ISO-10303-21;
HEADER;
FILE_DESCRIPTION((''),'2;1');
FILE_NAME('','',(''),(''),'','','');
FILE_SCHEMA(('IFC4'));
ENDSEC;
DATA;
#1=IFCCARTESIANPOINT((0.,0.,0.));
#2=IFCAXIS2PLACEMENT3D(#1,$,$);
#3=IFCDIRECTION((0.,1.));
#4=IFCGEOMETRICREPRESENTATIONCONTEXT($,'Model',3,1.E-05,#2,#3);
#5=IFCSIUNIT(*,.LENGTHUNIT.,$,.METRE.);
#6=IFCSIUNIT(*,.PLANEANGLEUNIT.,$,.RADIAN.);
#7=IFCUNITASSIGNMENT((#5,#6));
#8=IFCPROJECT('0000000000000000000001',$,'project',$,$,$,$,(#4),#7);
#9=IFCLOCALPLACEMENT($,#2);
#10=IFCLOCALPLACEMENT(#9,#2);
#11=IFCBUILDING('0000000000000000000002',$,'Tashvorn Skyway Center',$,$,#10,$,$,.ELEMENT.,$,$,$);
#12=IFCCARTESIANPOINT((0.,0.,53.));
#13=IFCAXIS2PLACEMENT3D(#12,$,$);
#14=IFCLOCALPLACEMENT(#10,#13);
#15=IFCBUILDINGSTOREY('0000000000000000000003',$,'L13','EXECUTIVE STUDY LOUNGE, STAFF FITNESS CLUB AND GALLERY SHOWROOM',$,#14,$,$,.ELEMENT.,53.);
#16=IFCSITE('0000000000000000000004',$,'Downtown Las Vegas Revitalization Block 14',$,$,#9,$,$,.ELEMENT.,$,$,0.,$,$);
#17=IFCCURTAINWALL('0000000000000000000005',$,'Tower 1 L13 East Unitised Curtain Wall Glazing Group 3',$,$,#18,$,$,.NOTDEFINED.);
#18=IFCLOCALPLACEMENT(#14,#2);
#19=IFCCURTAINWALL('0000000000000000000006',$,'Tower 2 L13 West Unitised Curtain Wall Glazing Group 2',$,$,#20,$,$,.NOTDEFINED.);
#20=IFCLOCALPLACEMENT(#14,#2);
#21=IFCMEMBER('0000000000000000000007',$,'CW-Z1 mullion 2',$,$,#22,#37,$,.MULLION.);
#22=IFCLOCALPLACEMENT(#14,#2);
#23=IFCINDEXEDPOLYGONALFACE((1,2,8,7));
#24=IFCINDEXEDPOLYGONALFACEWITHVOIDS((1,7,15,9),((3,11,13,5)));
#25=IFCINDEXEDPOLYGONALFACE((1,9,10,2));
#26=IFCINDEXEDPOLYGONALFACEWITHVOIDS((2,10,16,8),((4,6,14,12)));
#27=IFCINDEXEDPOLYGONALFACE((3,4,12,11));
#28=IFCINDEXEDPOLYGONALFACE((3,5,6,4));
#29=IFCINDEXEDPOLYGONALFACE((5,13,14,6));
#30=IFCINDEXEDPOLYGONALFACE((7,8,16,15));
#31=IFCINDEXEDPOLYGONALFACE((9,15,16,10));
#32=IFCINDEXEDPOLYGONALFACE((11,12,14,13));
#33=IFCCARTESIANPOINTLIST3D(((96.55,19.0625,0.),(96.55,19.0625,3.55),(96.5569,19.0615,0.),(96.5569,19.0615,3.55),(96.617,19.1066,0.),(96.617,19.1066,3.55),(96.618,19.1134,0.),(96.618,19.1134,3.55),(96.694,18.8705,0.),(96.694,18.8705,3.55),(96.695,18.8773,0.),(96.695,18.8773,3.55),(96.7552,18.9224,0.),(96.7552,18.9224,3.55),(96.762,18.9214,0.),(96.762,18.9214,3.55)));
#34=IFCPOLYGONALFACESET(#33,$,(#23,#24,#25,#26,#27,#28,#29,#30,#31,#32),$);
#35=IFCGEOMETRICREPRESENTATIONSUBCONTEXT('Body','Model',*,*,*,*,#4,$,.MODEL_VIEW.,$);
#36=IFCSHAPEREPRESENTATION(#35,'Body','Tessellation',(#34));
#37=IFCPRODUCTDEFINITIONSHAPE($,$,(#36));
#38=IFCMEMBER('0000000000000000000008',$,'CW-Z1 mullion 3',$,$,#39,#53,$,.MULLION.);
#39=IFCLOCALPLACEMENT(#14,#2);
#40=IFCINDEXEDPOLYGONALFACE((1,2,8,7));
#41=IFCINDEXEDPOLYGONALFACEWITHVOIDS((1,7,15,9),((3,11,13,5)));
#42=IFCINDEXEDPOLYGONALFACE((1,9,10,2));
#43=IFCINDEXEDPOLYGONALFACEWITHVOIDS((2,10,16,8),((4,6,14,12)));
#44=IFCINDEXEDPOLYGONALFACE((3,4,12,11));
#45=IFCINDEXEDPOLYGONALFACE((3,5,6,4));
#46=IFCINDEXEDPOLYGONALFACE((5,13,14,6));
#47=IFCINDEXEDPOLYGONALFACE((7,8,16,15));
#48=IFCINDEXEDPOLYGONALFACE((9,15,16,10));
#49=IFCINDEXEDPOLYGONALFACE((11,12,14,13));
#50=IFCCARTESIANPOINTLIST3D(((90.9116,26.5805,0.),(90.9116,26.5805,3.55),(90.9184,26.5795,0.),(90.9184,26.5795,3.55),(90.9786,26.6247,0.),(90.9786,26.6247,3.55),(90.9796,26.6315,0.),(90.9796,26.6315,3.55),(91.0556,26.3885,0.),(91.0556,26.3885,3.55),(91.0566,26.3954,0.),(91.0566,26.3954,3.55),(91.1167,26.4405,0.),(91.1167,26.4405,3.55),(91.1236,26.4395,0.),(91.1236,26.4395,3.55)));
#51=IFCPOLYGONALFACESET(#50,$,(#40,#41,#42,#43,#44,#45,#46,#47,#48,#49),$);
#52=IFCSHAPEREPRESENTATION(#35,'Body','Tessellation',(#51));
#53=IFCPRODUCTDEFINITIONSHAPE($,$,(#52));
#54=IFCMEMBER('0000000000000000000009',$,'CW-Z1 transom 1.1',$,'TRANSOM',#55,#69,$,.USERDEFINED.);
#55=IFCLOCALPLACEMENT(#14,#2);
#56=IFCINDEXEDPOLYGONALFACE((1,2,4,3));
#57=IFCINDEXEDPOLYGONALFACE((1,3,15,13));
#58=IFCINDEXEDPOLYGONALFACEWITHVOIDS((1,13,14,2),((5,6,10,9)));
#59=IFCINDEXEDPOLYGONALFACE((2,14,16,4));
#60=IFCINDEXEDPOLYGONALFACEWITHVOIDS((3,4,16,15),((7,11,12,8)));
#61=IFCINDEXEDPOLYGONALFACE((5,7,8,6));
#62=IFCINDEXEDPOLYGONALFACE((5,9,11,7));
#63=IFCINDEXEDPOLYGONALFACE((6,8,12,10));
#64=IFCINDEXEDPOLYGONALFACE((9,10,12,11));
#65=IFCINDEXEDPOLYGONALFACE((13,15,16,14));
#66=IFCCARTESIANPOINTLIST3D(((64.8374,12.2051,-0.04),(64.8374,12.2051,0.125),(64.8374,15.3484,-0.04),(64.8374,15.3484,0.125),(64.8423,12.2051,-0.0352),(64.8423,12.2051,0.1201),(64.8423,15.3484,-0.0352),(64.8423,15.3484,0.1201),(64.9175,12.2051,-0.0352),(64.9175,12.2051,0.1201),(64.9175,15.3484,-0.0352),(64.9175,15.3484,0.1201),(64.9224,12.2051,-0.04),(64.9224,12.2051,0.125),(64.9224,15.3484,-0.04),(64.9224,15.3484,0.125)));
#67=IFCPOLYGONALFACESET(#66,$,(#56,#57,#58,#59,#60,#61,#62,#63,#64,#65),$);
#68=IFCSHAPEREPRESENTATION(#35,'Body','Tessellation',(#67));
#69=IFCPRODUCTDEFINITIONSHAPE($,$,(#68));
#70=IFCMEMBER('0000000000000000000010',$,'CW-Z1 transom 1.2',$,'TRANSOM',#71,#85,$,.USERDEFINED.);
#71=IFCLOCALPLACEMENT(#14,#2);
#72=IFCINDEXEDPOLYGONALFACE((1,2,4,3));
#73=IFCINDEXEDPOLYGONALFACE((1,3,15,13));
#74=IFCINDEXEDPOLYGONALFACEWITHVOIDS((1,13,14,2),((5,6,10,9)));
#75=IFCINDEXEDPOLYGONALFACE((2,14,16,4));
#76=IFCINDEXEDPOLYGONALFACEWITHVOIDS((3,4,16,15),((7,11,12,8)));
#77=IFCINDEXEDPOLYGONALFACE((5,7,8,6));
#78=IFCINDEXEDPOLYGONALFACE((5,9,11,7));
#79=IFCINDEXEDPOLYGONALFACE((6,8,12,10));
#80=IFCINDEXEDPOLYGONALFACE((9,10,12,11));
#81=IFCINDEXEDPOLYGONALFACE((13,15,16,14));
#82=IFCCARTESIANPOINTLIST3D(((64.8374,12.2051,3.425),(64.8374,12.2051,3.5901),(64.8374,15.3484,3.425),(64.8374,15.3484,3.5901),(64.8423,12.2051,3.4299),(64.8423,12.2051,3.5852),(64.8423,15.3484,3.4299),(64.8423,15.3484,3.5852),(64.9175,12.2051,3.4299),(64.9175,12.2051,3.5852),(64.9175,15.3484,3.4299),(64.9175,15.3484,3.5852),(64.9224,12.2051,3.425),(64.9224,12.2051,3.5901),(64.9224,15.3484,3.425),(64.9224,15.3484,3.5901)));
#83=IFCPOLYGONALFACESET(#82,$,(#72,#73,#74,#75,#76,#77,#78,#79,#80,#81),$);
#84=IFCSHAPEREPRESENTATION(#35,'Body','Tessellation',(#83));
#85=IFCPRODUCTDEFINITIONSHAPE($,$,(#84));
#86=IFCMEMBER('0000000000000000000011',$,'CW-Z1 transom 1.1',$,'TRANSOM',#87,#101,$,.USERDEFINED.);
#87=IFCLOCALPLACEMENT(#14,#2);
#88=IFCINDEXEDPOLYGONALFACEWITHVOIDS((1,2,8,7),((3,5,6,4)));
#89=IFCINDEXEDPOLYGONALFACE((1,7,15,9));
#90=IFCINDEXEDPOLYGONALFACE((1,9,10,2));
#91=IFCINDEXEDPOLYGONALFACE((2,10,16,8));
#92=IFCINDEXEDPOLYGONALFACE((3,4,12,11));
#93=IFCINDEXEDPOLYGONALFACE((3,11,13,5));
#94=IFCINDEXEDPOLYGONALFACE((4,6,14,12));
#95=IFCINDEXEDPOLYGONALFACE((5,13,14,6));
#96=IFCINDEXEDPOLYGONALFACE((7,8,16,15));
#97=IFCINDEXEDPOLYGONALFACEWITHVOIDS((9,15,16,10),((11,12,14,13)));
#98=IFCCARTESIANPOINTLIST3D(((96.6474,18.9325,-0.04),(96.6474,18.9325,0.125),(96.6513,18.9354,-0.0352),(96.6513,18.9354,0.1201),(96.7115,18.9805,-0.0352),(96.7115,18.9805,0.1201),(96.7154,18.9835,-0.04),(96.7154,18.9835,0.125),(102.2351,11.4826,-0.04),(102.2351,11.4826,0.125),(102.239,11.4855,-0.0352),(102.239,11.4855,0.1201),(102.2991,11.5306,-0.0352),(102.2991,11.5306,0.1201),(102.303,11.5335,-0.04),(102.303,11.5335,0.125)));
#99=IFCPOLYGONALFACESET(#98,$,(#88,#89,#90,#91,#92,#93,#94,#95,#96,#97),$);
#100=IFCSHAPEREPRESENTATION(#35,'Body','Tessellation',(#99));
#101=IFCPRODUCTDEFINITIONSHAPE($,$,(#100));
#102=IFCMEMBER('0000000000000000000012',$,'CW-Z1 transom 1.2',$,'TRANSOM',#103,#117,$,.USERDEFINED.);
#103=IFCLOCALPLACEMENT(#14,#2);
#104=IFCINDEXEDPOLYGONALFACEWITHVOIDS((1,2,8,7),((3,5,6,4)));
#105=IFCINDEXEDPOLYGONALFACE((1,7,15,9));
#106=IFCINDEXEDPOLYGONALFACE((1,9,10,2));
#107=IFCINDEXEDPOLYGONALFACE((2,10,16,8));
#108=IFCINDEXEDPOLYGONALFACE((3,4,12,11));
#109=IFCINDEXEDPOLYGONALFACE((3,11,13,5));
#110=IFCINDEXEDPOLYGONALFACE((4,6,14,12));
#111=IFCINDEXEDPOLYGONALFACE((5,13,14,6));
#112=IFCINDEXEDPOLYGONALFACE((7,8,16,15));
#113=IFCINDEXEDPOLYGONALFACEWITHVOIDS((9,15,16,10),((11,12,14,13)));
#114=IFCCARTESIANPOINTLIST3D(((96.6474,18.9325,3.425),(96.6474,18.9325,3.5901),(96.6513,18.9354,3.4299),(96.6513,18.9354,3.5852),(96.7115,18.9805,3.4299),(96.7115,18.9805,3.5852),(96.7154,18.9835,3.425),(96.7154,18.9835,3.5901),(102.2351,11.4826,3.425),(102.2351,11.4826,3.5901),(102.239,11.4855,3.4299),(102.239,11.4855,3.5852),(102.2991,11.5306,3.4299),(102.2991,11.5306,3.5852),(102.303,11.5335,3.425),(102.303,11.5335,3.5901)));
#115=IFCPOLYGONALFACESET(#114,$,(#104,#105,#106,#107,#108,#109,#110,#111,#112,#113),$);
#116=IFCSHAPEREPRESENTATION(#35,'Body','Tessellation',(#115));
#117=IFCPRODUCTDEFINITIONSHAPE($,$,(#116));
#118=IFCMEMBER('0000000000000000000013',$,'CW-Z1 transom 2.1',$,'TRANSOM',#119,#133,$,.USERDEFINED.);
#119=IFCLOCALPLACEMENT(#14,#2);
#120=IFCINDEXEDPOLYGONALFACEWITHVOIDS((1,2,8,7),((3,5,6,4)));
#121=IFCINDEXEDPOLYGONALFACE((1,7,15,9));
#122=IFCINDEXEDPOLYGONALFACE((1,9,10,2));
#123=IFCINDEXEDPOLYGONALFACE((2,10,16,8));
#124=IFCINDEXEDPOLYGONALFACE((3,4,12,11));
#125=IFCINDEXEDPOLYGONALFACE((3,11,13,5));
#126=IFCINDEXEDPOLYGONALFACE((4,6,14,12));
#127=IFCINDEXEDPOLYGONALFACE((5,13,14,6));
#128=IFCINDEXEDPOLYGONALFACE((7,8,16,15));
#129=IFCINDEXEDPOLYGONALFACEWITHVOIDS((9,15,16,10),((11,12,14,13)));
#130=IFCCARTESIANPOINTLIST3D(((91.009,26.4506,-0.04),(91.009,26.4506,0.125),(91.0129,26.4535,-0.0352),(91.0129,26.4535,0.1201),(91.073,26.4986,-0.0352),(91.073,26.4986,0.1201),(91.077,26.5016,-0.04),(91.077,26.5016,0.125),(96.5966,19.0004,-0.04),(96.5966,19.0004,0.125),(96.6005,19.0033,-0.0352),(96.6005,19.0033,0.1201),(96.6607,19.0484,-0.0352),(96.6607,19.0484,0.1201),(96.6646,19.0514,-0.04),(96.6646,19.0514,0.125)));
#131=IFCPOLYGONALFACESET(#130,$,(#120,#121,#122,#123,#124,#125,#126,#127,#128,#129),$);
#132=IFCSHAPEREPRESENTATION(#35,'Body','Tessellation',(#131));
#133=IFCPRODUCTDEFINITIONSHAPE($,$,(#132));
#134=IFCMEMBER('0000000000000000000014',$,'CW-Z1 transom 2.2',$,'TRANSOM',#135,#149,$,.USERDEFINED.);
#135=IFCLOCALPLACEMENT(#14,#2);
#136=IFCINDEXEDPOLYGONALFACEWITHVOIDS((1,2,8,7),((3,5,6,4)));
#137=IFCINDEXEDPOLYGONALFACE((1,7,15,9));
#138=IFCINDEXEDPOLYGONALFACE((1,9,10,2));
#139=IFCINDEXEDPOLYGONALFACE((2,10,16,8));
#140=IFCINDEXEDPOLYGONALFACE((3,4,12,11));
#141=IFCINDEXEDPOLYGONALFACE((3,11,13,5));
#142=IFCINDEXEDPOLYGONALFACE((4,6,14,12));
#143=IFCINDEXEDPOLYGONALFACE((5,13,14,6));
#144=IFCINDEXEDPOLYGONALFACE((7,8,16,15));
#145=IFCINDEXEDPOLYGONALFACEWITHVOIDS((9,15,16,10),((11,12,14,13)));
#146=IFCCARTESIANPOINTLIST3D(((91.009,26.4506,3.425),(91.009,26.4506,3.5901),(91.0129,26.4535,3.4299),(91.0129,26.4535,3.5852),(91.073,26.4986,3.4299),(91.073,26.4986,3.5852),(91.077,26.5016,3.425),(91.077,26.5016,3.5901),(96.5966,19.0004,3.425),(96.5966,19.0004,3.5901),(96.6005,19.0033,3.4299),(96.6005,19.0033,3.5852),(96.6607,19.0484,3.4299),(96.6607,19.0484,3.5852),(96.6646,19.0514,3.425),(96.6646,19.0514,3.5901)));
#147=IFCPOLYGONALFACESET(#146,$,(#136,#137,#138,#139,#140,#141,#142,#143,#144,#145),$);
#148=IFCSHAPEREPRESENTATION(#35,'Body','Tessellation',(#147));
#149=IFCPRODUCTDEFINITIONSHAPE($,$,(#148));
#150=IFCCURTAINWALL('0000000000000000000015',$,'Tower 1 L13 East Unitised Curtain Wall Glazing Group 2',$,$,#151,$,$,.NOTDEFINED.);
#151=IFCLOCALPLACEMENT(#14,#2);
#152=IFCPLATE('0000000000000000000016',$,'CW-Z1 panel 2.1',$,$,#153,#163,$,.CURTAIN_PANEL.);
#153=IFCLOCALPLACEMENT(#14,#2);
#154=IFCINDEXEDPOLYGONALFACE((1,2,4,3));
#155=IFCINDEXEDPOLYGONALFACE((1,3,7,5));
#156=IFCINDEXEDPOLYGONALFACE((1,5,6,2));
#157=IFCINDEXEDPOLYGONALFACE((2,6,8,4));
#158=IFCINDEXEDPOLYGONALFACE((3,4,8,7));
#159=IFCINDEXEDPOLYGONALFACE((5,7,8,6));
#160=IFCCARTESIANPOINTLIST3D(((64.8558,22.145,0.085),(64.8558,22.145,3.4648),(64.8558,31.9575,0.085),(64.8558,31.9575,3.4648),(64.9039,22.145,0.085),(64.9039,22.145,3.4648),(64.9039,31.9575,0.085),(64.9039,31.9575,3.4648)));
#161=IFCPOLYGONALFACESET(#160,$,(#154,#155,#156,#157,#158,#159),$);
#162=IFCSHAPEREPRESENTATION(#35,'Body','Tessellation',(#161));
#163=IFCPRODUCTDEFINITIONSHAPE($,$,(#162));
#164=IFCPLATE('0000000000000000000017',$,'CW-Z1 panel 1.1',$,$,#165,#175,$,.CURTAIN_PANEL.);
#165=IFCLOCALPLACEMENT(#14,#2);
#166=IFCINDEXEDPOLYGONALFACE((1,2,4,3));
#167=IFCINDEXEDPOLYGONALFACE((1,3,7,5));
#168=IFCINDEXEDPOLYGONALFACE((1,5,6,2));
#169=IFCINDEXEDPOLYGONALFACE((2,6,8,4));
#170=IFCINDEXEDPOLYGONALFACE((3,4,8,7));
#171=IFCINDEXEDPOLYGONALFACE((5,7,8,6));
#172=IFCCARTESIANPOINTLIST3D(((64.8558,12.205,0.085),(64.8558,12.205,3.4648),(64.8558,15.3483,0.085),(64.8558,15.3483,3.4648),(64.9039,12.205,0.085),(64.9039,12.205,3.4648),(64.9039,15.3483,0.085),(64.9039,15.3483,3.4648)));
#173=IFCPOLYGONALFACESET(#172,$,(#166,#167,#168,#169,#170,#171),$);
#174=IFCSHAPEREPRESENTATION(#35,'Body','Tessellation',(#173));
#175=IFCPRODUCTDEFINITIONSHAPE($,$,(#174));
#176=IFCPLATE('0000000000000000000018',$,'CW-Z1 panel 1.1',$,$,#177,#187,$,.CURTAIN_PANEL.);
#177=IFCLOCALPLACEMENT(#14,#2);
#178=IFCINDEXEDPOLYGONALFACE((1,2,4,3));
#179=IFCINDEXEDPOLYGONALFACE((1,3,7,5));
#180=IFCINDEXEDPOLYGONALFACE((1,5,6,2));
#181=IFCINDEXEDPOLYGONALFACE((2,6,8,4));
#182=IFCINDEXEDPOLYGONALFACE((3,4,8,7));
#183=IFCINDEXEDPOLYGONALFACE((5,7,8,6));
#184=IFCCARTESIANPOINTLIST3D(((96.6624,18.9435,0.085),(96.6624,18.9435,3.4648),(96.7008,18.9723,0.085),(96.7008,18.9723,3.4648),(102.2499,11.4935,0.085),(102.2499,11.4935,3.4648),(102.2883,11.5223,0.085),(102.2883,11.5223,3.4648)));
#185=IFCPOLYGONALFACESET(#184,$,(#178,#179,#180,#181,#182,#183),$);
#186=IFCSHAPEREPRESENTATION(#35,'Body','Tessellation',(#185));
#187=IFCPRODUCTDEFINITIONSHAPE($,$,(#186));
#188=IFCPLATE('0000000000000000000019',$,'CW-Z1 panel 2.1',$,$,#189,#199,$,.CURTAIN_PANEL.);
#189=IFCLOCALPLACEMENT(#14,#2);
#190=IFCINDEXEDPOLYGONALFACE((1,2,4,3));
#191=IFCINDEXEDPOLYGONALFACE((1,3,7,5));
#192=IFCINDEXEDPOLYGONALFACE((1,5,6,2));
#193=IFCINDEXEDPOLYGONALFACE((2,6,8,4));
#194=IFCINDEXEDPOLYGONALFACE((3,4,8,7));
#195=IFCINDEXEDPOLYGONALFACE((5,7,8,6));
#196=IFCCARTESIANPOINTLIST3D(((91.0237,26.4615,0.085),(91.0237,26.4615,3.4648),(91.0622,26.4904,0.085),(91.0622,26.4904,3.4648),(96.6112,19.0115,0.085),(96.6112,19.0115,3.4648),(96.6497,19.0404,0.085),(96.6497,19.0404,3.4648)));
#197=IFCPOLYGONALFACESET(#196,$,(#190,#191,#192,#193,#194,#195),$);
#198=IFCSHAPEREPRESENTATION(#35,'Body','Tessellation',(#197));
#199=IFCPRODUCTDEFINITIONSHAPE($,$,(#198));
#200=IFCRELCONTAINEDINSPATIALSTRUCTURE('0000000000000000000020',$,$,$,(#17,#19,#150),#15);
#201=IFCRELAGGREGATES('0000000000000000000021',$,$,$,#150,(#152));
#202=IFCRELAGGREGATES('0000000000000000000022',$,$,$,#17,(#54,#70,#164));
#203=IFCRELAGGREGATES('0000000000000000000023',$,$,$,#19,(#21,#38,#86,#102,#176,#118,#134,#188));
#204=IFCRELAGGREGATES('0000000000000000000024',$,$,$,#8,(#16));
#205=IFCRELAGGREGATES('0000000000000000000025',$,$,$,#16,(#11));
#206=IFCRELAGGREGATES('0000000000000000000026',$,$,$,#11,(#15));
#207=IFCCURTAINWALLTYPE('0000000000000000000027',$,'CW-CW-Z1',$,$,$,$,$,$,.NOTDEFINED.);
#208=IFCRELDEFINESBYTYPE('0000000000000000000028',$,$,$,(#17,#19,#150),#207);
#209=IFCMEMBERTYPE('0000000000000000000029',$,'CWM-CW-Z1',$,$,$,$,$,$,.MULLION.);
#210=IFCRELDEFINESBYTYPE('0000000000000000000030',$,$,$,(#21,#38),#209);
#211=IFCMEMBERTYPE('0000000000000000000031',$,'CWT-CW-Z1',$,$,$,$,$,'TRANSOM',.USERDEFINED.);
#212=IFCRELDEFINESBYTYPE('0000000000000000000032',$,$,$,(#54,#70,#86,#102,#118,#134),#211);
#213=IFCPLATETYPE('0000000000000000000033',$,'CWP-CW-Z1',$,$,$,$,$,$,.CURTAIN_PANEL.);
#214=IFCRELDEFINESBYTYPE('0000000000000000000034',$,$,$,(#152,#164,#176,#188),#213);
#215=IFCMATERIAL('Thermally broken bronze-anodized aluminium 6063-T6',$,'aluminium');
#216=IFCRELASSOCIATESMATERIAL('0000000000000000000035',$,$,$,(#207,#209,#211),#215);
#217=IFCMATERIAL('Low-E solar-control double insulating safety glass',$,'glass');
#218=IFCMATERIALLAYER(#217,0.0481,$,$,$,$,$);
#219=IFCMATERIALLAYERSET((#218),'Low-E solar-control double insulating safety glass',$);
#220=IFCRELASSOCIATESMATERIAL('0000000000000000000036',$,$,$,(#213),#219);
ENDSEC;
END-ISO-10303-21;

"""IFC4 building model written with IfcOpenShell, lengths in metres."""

from ifc_helpers import new_model, si_unit, direction, frame, origin, origin_2d, place, context, subcontext, project, spatial, rectangle, hollow_rectangle, extrude, material, layer, layer_set, material_profile, profile_set, type_object, element, aggregate, save


model = new_model("IFC4")

# Units and contexts
model_context = context("Model", 3, precision=1e-05, world=origin(), true_north=direction((0.0, 1.0)))
body_context = subcontext(model_context, "Body", "Model", "MODEL_VIEW")
ifc_project = project(units=[si_unit("LENGTHUNIT", "METRE"), si_unit("PLANEANGLEUNIT", "RADIAN")], contexts=[model_context])

# Site, building, storey
site_placement = place(None, origin())
site = spatial("IfcSite", under=ifc_project, at=site_placement, Name="Downtown Las Vegas Revitalization Block 14", CompositionType="ELEMENT", RefElevation=0.0)
building_placement = place(site_placement, origin())
building = spatial("IfcBuilding", under=site, at=building_placement, Name="Tashvorn Skyway Center", CompositionType="ELEMENT")
storey_placement = place(building_placement, frame((0.0, 0.0, 53.0)))
storey = spatial("IfcBuildingStorey", under=building, at=storey_placement, Name="L13", Description="EXECUTIVE STUDY LOUNGE, STAFF FITNESS CLUB AND GALLERY SHOWROOM", CompositionType="ELEMENT", Elevation=53.0)

# Curtain walls, members
ifc_material_1 = material(Name="Thermally broken bronze-anodized aluminium 6063-T6", Category="aluminium")
curtain_wall_type = type_object("IfcCurtainWallType", Name="CW-CW-Z1", PredefinedType="NOTDEFINED", material=ifc_material_1)
curtain_wall_1_placement = place(storey_placement, origin())
curtain_wall_1 = element("IfcCurtainWall", 1, at=curtain_wall_1_placement, inside=storey, type_object=curtain_wall_type, Name="Tower 1 L13 East Unitised Curtain Wall Glazing Group 3", PredefinedType="NOTDEFINED")
ifc_material_profile_1 = material_profile(ifc_material_1, hollow_rectangle(XDim=0.085, YDim=0.24, WallThickness=0.0049, at=origin_2d()), Name="ALU-MULL-85x240")
ifc_profile_set_1 = profile_set([ifc_material_profile_1], Name="Thermally broken bronze-anodized aluminium 6063-T6")
member_type_1 = type_object("IfcMemberType", Name="CWM-CW-Z1", PredefinedType="MULLION", material=ifc_profile_set_1)
curtain_wall_2_placement = place(storey_placement, origin())
curtain_wall_2 = element("IfcCurtainWall", 2, at=curtain_wall_2_placement, inside=storey, type_object=curtain_wall_type, Name="Tower 2 L13 West Unitised Curtain Wall Glazing Group 2", PredefinedType="NOTDEFINED")
member_1_placement = place(storey_placement, frame((96.656, 18.9919, 0.0), z_axis=(0.0, 0.0, 1.0), x_axis=(-0.8, -0.6, 0.0)))
member_1 = element("IfcMember", 3, at=member_1_placement, type_object=member_type_1, Name="CW-Z1 mullion 2", PredefinedType="MULLION", context=body_context, shape_type="SweptSolid", body=[
    extrude(hollow_rectangle(XDim=0.085, YDim=0.24, WallThickness=0.0049, at=origin_2d()), origin(), (0.0, 0.0, 1.0), 3.55),
])
member_2_placement = place(storey_placement, frame((91.0176, 26.51, 0.0), z_axis=(0.0, 0.0, 1.0), x_axis=(-0.8, -0.6, 0.0)))
member_2 = element("IfcMember", 4, at=member_2_placement, type_object=member_type_1, Name="CW-Z1 mullion 3", PredefinedType="MULLION", context=body_context, shape_type="SweptSolid", body=[
    extrude(hollow_rectangle(XDim=0.085, YDim=0.24, WallThickness=0.0049, at=origin_2d()), origin(), (0.0, 0.0, 1.0), 3.55),
])

# Members
ifc_material_profile_2 = material_profile(ifc_material_1, hollow_rectangle(XDim=0.085, YDim=0.165, WallThickness=0.0049, at=origin_2d()), Name="ALU-TRAN-85x165")
ifc_profile_set_2 = profile_set([ifc_material_profile_2], Name="Thermally broken bronze-anodized aluminium 6063-T6")
member_type_2 = type_object("IfcMemberType", Name="CWT-CW-Z1", ElementType="TRANSOM", PredefinedType="USERDEFINED", material=ifc_profile_set_2)
member_3_placement = place(storey_placement, frame((64.8799, 15.3484, 0.0425), z_axis=(0.0, -1.0, 0.0), x_axis=(1.0, 0.0, 0.0)))
member_3 = element("IfcMember", 5, at=member_3_placement, type_object=member_type_2, Name="CW-Z1 transom 1.1", ObjectType="TRANSOM", PredefinedType="USERDEFINED", context=body_context, shape_type="SweptSolid", body=[
    extrude(hollow_rectangle(XDim=0.085, YDim=0.165, WallThickness=0.0049, at=origin_2d()), origin(), (0.0, 0.0, 1.0), 3.1433),
])
member_4_placement = place(storey_placement, frame((64.8799, 15.3484, 3.5076), z_axis=(0.0, -1.0, 0.0), x_axis=(1.0, 0.0, 0.0)))
member_4 = element("IfcMember", 6, at=member_4_placement, type_object=member_type_2, Name="CW-Z1 transom 1.2", ObjectType="TRANSOM", PredefinedType="USERDEFINED", context=body_context, shape_type="SweptSolid", body=[
    extrude(hollow_rectangle(XDim=0.085, YDim=0.165, WallThickness=0.0049, at=origin_2d()), origin(), (0.0, 0.0, 1.0), 3.1433),
])
member_5_placement = place(storey_placement, frame((102.269, 11.5081, 0.0425), z_axis=(-0.600013, 0.799991, 0.0), x_axis=(-0.799991, -0.600013, 0.0)))
member_5 = element("IfcMember", 7, at=member_5_placement, type_object=member_type_2, Name="CW-Z1 transom 1.1", ObjectType="TRANSOM", PredefinedType="USERDEFINED", context=body_context, shape_type="SweptSolid", body=[
    extrude(hollow_rectangle(XDim=0.085, YDim=0.165, WallThickness=0.0049, at=origin_2d()), origin(), (0.0, 0.0, 1.0), 9.3125),
])
member_6_placement = place(storey_placement, frame((102.269, 11.5081, 3.5076), z_axis=(-0.600013, 0.799991, 0.0), x_axis=(-0.799991, -0.600013, 0.0)))
member_6 = element("IfcMember", 8, at=member_6_placement, type_object=member_type_2, Name="CW-Z1 transom 1.2", ObjectType="TRANSOM", PredefinedType="USERDEFINED", context=body_context, shape_type="SweptSolid", body=[
    extrude(hollow_rectangle(XDim=0.085, YDim=0.165, WallThickness=0.0049, at=origin_2d()), origin(), (0.0, 0.0, 1.0), 9.3125),
])
member_7_placement = place(storey_placement, frame((96.6306, 19.0259, 0.0425), z_axis=(-0.6, 0.8, 0.0), x_axis=(-0.8, -0.6, 0.0)))
member_7 = element("IfcMember", 9, at=member_7_placement, type_object=member_type_2, Name="CW-Z1 transom 2.1", ObjectType="TRANSOM", PredefinedType="USERDEFINED", context=body_context, shape_type="SweptSolid", body=[
    extrude(hollow_rectangle(XDim=0.085, YDim=0.165, WallThickness=0.0049, at=origin_2d()), origin(), (0.0, 0.0, 1.0), 9.3127),
])
member_8_placement = place(storey_placement, frame((96.6306, 19.0259, 3.5076), z_axis=(-0.6, 0.8, 0.0), x_axis=(-0.8, -0.6, 0.0)))
member_8 = element("IfcMember", 10, at=member_8_placement, type_object=member_type_2, Name="CW-Z1 transom 2.2", ObjectType="TRANSOM", PredefinedType="USERDEFINED", context=body_context, shape_type="SweptSolid", body=[
    extrude(hollow_rectangle(XDim=0.085, YDim=0.165, WallThickness=0.0049, at=origin_2d()), origin(), (0.0, 0.0, 1.0), 9.3127),
])

# Curtain wall, plate
curtain_wall_3_placement = place(storey_placement, origin())
curtain_wall_3 = element("IfcCurtainWall", 11, at=curtain_wall_3_placement, inside=storey, type_object=curtain_wall_type, Name="Tower 1 L13 East Unitised Curtain Wall Glazing Group 2", PredefinedType="NOTDEFINED")
ifc_material_2 = material(Name="Low-E solar-control double insulating safety glass", Category="glass")
ifc_layer_1 = layer(ifc_material_2, 0.0481)
ifc_layer_set_1 = layer_set([ifc_layer_1], Name="Low-E solar-control double insulating safety glass")
plate_type = type_object("IfcPlateType", Name="CWP-CW-Z1", PredefinedType="CURTAIN_PANEL", material=ifc_layer_set_1)
plate_1_placement = place(storey_placement, frame((64.8799, 27.0513, 0.085), z_axis=(0.0, 0.0, 1.0), x_axis=(0.0, -1.0, 0.0)))
plate_1 = element("IfcPlate", 12, at=plate_1_placement, type_object=plate_type, Name="CW-Z1 panel 2.1", PredefinedType="CURTAIN_PANEL", context=body_context, shape_type="SweptSolid", body=[
    extrude(rectangle(XDim=9.8125, YDim=0.0481, at=origin_2d()), origin(), (0.0, 0.0, 1.0), 3.3799),
])
aggregate(curtain_wall_3, [plate_1])

# Plates
plate_2_placement = place(storey_placement, frame((64.8799, 13.7766, 0.085), z_axis=(0.0, 0.0, 1.0), x_axis=(0.0, -1.0, 0.0)))
plate_2 = element("IfcPlate", 13, at=plate_2_placement, type_object=plate_type, Name="CW-Z1 panel 1.1", PredefinedType="CURTAIN_PANEL", context=body_context, shape_type="SweptSolid", body=[
    extrude(rectangle(XDim=3.1433, YDim=0.0481, at=origin_2d()), origin(), (0.0, 0.0, 1.0), 3.3799),
])
aggregate(curtain_wall_1, [member_3, member_4, plate_2])
plate_3_placement = place(storey_placement, frame((99.4753, 15.2329, 0.085), z_axis=(0.0, 0.0, 1.0), x_axis=(-0.6, 0.8, 0.0)))
plate_3 = element("IfcPlate", 14, at=plate_3_placement, type_object=plate_type, Name="CW-Z1 panel 1.1", PredefinedType="CURTAIN_PANEL", context=body_context, shape_type="SweptSolid", body=[
    extrude(rectangle(XDim=9.3125, YDim=0.0481, at=origin_2d()), origin(), (0.0, 0.0, 1.0), 3.3799),
])
plate_4_placement = place(storey_placement, frame((93.8367, 22.751, 0.085), z_axis=(0.0, 0.0, 1.0), x_axis=(-0.6, 0.8, 0.0)))
plate_4 = element("IfcPlate", 15, at=plate_4_placement, type_object=plate_type, Name="CW-Z1 panel 2.1", PredefinedType="CURTAIN_PANEL", context=body_context, shape_type="SweptSolid", body=[
    extrude(rectangle(XDim=9.3125, YDim=0.0481, at=origin_2d()), origin(), (0.0, 0.0, 1.0), 3.3799),
])
aggregate(curtain_wall_2, [member_1, member_2, member_5, member_6, plate_3, member_7, member_8, plate_4])

save(model, "model.ifc")
